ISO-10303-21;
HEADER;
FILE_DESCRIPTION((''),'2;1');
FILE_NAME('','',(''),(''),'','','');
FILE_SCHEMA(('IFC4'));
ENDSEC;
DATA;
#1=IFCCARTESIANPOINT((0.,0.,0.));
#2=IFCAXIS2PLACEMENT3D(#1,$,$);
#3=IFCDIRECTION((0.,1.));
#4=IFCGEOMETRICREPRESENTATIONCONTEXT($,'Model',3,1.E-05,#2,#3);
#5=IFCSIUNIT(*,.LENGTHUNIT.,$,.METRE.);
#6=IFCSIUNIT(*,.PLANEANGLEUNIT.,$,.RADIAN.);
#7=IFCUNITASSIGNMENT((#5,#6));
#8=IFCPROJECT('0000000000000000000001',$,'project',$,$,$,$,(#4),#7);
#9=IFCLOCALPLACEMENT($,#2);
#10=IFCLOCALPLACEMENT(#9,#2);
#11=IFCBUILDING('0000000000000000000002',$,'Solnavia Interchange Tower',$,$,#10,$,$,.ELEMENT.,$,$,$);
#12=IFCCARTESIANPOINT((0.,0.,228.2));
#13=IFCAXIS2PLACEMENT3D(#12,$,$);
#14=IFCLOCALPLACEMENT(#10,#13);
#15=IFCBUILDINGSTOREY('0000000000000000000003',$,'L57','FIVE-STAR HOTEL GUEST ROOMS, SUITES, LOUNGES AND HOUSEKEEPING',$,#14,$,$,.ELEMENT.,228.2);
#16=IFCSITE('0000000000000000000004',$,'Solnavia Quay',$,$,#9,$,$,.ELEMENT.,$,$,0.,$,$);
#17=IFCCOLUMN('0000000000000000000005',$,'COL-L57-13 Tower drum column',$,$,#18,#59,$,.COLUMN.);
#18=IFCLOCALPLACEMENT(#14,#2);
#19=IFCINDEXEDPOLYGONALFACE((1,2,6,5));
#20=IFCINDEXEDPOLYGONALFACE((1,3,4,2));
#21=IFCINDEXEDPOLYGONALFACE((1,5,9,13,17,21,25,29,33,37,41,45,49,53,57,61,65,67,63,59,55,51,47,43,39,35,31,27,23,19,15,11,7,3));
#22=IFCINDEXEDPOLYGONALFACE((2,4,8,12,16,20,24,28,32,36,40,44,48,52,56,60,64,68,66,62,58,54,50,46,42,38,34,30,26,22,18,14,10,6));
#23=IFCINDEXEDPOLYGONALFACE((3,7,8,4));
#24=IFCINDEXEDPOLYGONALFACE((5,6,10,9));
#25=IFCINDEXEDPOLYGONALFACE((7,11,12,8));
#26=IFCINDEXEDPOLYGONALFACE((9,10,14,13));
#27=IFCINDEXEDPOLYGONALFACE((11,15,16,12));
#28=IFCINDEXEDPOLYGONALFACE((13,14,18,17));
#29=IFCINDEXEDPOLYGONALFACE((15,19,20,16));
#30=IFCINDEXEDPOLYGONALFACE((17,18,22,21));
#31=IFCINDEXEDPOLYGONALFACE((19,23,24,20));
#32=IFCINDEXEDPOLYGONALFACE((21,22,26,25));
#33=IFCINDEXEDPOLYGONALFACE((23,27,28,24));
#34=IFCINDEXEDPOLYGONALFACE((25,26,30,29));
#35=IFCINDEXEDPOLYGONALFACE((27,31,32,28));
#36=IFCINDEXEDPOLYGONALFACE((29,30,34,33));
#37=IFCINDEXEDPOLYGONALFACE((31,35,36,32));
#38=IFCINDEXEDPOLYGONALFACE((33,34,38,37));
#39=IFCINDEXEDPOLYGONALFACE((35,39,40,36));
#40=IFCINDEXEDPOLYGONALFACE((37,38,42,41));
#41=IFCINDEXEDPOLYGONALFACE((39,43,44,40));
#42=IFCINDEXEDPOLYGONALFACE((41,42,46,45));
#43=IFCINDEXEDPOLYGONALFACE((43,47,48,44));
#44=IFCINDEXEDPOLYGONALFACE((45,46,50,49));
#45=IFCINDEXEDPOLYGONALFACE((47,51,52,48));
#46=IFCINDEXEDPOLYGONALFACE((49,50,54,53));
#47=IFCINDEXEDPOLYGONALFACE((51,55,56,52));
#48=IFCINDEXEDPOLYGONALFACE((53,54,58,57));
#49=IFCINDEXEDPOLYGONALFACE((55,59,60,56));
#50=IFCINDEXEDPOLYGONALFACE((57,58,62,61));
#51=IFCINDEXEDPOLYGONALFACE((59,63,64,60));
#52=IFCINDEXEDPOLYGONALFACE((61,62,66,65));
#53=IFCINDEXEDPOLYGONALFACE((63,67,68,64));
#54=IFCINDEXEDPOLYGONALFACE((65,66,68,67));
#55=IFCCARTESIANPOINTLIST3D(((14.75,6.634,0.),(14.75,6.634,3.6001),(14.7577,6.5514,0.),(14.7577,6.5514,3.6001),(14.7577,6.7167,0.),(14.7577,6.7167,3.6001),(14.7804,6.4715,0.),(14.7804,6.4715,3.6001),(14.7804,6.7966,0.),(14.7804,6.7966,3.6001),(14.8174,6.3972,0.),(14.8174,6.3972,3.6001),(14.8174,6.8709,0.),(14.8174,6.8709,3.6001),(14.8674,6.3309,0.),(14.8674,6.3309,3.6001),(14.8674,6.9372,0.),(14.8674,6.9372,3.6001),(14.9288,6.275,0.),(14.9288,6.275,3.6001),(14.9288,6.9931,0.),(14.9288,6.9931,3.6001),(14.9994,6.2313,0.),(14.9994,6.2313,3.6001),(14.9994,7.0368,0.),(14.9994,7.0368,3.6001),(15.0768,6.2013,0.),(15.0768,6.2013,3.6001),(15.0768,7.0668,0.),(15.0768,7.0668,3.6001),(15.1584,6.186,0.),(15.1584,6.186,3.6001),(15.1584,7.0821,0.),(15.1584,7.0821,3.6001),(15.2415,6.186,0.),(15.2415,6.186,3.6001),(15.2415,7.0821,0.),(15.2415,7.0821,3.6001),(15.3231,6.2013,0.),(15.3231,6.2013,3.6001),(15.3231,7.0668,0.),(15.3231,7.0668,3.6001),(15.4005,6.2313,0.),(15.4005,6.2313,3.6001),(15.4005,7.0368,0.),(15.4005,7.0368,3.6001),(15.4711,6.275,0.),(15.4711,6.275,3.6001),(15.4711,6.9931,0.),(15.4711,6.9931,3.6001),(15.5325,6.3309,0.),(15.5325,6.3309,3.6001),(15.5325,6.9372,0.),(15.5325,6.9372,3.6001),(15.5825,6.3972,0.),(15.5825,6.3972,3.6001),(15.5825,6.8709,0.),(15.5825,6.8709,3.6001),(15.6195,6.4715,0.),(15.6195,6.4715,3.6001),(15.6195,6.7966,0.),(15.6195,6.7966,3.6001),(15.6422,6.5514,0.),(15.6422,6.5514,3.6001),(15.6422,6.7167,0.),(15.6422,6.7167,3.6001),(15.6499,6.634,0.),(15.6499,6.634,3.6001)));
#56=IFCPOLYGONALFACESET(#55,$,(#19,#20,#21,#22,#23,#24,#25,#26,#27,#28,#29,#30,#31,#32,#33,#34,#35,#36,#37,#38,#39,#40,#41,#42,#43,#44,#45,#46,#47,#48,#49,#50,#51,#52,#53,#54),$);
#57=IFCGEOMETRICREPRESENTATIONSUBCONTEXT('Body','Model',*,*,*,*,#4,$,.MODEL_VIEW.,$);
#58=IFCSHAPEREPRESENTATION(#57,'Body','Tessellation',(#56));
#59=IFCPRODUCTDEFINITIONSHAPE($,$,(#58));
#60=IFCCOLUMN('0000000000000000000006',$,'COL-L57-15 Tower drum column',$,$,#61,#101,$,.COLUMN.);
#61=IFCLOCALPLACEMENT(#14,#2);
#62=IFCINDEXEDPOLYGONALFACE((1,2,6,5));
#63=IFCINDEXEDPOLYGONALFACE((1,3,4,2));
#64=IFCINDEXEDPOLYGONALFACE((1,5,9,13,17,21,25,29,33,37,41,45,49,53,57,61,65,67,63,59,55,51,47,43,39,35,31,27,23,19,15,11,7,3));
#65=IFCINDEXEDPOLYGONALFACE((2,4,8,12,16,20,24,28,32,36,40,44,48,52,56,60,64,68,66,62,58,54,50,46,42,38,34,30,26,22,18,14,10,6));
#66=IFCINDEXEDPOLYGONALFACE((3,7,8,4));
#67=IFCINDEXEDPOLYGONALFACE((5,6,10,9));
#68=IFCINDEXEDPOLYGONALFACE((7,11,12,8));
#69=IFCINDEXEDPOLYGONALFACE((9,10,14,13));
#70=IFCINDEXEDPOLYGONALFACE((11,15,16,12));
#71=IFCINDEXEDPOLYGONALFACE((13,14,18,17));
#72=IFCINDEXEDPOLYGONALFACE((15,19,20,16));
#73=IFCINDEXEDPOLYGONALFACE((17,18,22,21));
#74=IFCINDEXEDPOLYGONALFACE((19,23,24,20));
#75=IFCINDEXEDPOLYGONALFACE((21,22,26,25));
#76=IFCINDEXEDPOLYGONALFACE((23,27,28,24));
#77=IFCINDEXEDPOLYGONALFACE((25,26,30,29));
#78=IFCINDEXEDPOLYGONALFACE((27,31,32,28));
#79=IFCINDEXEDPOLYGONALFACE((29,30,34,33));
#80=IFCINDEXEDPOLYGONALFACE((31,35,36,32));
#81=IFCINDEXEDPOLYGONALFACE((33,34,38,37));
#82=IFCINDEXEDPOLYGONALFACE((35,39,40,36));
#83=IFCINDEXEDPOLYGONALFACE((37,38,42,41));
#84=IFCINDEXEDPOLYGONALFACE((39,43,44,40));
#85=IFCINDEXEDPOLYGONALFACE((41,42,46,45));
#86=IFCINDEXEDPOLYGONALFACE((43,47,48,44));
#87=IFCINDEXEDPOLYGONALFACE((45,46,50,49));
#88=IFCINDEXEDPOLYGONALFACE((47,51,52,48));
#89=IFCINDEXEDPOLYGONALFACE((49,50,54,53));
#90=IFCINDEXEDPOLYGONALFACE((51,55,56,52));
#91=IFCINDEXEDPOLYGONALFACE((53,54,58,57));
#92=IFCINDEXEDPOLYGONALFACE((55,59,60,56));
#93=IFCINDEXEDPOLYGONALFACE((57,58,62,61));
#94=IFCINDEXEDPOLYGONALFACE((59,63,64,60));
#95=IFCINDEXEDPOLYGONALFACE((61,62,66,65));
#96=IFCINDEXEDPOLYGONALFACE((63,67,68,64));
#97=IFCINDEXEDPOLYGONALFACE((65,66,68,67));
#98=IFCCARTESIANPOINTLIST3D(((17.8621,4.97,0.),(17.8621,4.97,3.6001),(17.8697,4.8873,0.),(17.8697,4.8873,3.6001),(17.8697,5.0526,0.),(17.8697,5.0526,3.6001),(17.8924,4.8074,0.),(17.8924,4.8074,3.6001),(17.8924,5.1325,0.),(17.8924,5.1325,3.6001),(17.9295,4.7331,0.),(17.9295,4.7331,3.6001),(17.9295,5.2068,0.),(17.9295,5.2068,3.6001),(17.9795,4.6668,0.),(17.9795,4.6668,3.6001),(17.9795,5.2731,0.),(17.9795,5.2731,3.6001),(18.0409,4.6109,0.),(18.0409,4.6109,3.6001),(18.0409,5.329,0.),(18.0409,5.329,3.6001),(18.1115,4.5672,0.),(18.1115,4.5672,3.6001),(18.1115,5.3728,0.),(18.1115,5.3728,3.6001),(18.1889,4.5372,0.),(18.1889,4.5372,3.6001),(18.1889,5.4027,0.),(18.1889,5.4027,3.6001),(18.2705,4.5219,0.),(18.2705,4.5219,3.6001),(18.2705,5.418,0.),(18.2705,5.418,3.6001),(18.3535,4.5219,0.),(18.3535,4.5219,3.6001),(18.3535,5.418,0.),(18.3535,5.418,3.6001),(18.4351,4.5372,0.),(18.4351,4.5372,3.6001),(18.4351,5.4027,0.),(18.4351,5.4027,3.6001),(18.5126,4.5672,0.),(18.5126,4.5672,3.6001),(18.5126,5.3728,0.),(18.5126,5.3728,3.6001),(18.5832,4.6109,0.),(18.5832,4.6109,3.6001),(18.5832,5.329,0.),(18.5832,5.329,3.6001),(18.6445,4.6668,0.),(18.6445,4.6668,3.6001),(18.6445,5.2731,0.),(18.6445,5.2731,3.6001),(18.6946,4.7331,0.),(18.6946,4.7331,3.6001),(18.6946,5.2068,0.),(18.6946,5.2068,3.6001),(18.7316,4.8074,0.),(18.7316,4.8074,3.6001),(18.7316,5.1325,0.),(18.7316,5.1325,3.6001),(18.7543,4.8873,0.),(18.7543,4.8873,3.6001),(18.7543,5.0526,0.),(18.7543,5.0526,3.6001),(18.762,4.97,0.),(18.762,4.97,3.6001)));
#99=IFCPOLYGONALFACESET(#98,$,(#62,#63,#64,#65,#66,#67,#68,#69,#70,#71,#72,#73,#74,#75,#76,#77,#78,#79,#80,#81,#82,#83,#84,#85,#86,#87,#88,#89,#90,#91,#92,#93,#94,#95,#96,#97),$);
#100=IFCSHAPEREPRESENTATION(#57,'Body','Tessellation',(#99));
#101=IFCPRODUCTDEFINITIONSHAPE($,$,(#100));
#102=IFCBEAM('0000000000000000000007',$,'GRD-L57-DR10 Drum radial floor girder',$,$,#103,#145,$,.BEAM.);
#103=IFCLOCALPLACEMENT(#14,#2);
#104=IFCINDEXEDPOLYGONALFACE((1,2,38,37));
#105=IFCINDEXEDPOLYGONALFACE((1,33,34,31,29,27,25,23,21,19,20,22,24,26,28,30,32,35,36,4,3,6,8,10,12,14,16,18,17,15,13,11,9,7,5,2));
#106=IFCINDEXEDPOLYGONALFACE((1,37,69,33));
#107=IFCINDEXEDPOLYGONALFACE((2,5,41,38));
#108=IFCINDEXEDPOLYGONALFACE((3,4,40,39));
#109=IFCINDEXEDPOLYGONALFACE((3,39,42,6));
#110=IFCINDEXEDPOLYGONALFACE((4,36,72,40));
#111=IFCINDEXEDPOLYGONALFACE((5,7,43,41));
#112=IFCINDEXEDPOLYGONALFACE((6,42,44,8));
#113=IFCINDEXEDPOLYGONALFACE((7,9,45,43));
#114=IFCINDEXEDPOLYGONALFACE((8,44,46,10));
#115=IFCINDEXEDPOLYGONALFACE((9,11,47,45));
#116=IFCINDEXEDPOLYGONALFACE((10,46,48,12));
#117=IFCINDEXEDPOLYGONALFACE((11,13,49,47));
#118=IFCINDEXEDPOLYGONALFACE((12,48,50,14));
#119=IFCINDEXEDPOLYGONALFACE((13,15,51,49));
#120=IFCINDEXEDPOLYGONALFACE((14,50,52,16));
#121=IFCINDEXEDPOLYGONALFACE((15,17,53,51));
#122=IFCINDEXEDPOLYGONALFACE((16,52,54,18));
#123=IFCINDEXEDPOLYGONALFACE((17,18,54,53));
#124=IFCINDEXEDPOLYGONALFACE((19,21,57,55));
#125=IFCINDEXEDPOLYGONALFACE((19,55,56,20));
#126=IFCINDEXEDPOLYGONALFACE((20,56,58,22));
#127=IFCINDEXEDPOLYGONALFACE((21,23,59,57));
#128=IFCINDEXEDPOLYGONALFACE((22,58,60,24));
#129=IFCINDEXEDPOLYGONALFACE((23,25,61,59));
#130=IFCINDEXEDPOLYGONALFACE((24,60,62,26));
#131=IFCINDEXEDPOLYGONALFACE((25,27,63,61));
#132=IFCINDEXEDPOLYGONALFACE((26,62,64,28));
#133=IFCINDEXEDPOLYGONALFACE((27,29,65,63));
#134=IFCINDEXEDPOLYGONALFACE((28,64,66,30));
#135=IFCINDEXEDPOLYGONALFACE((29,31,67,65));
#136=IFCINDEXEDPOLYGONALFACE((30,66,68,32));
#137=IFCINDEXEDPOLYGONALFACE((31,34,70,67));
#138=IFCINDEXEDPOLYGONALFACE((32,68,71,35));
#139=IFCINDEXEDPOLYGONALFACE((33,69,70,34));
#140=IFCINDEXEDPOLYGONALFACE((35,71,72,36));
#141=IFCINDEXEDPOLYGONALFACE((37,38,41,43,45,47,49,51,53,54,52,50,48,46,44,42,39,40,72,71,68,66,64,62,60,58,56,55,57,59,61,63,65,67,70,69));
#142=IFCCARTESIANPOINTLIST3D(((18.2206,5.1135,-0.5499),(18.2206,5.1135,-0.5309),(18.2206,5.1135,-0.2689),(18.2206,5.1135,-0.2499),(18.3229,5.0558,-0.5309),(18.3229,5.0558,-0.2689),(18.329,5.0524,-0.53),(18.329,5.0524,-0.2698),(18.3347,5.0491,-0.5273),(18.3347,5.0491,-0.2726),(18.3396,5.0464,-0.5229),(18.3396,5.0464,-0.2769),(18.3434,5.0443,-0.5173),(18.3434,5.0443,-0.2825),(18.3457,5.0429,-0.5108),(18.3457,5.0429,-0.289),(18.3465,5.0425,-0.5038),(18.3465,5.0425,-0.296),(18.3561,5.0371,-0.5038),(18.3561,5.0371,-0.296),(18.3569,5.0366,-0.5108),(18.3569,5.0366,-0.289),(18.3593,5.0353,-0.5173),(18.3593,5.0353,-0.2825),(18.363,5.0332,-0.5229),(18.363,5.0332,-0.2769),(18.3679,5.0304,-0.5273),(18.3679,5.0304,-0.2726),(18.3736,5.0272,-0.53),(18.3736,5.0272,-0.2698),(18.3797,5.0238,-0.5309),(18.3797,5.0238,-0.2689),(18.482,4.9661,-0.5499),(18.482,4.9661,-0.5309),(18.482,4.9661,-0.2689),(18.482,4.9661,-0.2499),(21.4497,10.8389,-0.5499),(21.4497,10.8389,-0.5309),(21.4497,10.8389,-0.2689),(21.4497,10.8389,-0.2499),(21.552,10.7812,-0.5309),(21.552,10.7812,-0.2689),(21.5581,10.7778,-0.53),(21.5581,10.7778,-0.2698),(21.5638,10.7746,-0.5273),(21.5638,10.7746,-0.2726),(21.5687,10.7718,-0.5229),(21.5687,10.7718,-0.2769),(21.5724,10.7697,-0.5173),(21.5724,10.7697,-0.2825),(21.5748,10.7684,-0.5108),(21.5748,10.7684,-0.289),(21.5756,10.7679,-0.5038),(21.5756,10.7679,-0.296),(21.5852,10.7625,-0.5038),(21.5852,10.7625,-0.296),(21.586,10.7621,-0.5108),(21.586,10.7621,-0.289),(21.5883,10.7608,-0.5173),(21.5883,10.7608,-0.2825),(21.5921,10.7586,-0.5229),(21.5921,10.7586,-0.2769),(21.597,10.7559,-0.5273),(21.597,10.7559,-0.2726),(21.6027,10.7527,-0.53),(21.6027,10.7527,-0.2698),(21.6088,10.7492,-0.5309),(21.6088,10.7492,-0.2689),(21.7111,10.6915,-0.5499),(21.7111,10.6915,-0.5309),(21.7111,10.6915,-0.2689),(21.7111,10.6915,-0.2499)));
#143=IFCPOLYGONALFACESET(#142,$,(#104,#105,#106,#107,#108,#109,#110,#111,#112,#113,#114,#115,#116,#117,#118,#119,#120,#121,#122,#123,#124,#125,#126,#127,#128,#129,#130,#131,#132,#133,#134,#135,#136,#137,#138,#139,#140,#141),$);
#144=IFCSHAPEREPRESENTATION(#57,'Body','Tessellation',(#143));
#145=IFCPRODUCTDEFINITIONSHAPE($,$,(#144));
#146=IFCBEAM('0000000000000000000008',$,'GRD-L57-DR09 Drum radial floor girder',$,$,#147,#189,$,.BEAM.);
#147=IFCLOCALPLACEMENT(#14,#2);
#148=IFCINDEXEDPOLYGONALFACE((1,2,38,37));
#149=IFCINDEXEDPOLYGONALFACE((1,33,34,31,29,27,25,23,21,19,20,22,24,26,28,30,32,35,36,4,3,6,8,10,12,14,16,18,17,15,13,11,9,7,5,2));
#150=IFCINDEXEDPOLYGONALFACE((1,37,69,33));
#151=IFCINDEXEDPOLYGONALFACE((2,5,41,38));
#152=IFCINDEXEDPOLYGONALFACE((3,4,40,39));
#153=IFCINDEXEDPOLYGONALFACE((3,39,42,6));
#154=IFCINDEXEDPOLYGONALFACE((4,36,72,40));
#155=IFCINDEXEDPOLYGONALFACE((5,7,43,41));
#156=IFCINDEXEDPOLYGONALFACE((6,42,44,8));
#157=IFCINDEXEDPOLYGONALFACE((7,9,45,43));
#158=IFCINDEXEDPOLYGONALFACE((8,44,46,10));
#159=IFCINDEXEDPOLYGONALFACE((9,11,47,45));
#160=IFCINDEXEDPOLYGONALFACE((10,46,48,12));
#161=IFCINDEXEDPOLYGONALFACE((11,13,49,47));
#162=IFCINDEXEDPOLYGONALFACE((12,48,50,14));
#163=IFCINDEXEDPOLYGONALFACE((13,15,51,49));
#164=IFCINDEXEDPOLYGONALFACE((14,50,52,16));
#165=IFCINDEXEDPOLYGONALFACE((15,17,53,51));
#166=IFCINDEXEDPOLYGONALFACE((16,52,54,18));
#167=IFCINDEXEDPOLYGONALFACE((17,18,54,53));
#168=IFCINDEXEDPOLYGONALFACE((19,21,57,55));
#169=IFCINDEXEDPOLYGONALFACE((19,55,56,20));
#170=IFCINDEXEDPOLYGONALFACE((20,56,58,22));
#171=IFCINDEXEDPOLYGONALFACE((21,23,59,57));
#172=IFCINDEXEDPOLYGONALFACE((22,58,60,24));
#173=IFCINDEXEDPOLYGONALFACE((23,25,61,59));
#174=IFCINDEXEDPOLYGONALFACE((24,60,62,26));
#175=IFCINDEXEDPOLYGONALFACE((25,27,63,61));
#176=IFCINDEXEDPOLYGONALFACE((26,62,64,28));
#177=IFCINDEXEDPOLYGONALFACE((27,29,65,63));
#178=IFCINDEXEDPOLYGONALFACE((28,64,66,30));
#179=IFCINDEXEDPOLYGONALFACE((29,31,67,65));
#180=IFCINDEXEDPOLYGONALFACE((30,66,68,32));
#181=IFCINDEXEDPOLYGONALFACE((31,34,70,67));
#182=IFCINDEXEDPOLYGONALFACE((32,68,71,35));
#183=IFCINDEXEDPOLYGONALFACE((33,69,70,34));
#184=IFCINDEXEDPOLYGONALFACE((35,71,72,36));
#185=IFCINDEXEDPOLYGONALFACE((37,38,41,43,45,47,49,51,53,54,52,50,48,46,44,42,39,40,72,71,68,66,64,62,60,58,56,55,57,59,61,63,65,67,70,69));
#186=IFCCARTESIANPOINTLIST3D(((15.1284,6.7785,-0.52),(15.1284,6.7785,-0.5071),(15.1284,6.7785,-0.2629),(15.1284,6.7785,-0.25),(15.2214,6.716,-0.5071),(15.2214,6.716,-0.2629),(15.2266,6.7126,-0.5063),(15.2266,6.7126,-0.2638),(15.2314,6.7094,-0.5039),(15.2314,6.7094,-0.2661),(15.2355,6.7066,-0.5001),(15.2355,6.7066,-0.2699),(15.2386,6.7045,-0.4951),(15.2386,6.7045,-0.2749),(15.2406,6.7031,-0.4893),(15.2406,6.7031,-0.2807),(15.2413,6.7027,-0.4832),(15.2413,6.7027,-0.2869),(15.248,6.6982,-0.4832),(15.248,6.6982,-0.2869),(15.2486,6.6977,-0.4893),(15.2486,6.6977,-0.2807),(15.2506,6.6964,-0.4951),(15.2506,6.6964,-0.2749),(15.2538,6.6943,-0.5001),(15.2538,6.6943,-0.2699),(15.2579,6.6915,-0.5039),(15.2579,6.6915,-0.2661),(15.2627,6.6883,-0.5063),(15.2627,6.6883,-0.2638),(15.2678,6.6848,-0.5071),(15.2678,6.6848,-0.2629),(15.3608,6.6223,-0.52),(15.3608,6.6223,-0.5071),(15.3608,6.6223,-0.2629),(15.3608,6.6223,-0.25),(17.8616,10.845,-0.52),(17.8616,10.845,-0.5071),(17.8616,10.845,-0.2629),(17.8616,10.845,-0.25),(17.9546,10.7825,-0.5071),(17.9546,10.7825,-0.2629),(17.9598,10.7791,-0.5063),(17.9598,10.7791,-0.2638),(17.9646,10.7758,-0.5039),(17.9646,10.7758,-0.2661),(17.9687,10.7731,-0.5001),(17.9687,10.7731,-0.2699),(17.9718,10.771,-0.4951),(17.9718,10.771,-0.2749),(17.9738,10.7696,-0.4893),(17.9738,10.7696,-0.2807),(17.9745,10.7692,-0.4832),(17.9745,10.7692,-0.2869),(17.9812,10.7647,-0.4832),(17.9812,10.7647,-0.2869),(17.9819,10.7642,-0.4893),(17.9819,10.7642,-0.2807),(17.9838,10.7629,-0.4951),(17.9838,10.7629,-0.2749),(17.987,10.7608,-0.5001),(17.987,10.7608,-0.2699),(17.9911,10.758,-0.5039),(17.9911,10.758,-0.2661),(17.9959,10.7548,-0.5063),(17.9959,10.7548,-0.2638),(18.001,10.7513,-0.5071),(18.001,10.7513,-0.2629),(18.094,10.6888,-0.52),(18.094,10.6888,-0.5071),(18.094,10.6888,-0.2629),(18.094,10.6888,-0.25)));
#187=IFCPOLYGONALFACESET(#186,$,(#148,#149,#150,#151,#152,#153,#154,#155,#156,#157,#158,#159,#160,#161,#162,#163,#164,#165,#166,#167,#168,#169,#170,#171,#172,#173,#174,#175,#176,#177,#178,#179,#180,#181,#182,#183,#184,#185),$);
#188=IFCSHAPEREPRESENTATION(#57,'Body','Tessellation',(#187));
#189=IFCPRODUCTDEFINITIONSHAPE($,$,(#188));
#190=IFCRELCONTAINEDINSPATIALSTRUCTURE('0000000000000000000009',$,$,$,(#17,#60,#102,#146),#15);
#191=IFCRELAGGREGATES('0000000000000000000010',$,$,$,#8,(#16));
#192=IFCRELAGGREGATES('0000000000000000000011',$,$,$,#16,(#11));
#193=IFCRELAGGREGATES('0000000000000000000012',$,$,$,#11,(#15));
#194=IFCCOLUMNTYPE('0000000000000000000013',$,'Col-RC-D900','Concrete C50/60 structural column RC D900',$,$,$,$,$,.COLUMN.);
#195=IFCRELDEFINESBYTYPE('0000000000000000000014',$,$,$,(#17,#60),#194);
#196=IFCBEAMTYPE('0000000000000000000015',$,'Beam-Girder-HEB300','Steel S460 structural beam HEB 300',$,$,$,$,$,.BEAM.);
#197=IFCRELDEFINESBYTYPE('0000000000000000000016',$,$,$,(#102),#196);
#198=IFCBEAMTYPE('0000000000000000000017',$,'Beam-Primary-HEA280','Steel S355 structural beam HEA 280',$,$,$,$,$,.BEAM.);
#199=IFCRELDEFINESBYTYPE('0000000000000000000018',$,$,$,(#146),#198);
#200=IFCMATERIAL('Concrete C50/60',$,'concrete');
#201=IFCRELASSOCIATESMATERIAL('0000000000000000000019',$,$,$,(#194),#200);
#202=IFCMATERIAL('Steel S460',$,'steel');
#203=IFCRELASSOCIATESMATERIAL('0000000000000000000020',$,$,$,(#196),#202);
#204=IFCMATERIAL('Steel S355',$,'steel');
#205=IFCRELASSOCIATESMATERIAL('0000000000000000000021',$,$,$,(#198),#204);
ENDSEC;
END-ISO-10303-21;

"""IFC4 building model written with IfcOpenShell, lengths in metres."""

from ifc_helpers import new_model, si_unit, direction, frame, origin, origin_2d, place, context, subcontext, project, spatial, circle, i_section, extrude, material, material_profile, profile_set, type_object, element, save


model = new_model("IFC4")

# Units and contexts
model_context = context("Model", 3, precision=1e-05, world=origin(), true_north=direction((0.0, 1.0)))
body_context = subcontext(model_context, "Body", "Model", "MODEL_VIEW")
ifc_project = project(units=[si_unit("LENGTHUNIT", "METRE"), si_unit("PLANEANGLEUNIT", "RADIAN")], contexts=[model_context])

# Site, building, storey
site_placement = place(None, origin())
site = spatial("IfcSite", under=ifc_project, at=site_placement, Name="Solnavia Quay", CompositionType="ELEMENT", RefElevation=0.0)
building_placement = place(site_placement, origin())
building = spatial("IfcBuilding", under=site, at=building_placement, Name="Solnavia Interchange Tower", CompositionType="ELEMENT")
storey_placement = place(building_placement, frame((0.0, 0.0, 228.2)))
storey = spatial("IfcBuildingStorey", under=building, at=storey_placement, Name="L57", Description="FIVE-STAR HOTEL GUEST ROOMS, SUITES, LOUNGES AND HOUSEKEEPING", CompositionType="ELEMENT", Elevation=228.2)

# Columns
ifc_material_1 = material(Name="Concrete C50/60", Category="concrete")
ifc_material_profile_1 = material_profile(ifc_material_1, circle(Radius=0.45, at=origin_2d()), Name="RC D900")
ifc_profile_set_1 = profile_set([ifc_material_profile_1], Name="Concrete C50/60")
column_type = type_object("IfcColumnType", Name="Col-RC-D900", Description="Concrete C50/60 structural column RC D900", PredefinedType="COLUMN", material=ifc_profile_set_1)
for number, where, z_axis, x_axis, name in (
    (1, (15.2, 6.634, 0.0), (0.0, 0.0, 1.0), (1.0, 0.0, 0.0), "COL-L57-13 Tower drum column"),
    (2, (18.312, 4.97, 0.0), (0.0, 0.0, 1.0), (1.0, 0.0, 0.0), "COL-L57-15 Tower drum column"),
):
    element("IfcColumn", number, at=place(storey_placement, frame(where, z_axis=z_axis, x_axis=x_axis)), inside=storey, type_object=column_type, Name=name, PredefinedType="COLUMN", context=body_context, shape_type="SweptSolid", body=[
        extrude(circle(Radius=0.45, at=origin_2d()), origin(), (0.0, 0.0, 1.0), 3.6001),
    ])

# Beams
ifc_material_2 = material(Name="Steel S460", Category="steel")
ifc_material_profile_2 = material_profile(ifc_material_2, i_section(OverallWidth=0.3, OverallDepth=0.3, WebThickness=0.011, FlangeThickness=0.019, FilletRadius=0.0271, at=origin_2d()), Name="HEB 300")
ifc_profile_set_2 = profile_set([ifc_material_profile_2], Name="Steel S460")
beam_type_1 = type_object("IfcBeamType", Name="Beam-Girder-HEB300", Description="Steel S460 structural beam HEB 300", PredefinedType="BEAM", material=ifc_profile_set_2)
beam_1_placement = place(storey_placement, frame((18.3513, 5.0398, -0.3999), z_axis=(0.491243, 0.871022, 0.0), x_axis=(-0.871022, 0.491243, 0.0)))
element("IfcBeam", 3, at=beam_1_placement, inside=storey, type_object=beam_type_1, Name="GRD-L57-DR10 Drum radial floor girder", PredefinedType="BEAM", context=body_context, shape_type="SweptSolid", body=[
    extrude(i_section(OverallWidth=0.3, OverallDepth=0.3, WebThickness=0.011, FlangeThickness=0.019, FilletRadius=0.0271, at=origin_2d()), origin(), (0.0, 0.0, 1.0), 6.5732),
])
ifc_material_3 = material(Name="Steel S355", Category="steel")
ifc_material_profile_3 = material_profile(ifc_material_3, i_section(OverallWidth=0.28, OverallDepth=0.27, WebThickness=0.0081, FlangeThickness=0.0129, FilletRadius=0.0239, at=origin_2d()), Name="HEA 280")
ifc_profile_set_3 = profile_set([ifc_material_profile_3], Name="Steel S355")
beam_type_2 = type_object("IfcBeamType", Name="Beam-Primary-HEA280", Description="Steel S355 structural beam HEA 280", PredefinedType="BEAM", material=ifc_profile_set_3)
beam_2_placement = place(storey_placement, frame((15.2446, 6.7004, -0.385), z_axis=(0.557835, 0.829952, 0.0), x_axis=(-0.829952, 0.557835, 0.0)))
element("IfcBeam", 4, at=beam_2_placement, inside=storey, type_object=beam_type_2, Name="GRD-L57-DR09 Drum radial floor girder", PredefinedType="BEAM", context=body_context, shape_type="SweptSolid", body=[
    extrude(i_section(OverallWidth=0.28, OverallDepth=0.27, WebThickness=0.0081, FlangeThickness=0.0129, FilletRadius=0.0239, at=origin_2d()), origin(), (0.0, 0.0, 1.0), 4.8997),
])

save(model, "model.ifc")
